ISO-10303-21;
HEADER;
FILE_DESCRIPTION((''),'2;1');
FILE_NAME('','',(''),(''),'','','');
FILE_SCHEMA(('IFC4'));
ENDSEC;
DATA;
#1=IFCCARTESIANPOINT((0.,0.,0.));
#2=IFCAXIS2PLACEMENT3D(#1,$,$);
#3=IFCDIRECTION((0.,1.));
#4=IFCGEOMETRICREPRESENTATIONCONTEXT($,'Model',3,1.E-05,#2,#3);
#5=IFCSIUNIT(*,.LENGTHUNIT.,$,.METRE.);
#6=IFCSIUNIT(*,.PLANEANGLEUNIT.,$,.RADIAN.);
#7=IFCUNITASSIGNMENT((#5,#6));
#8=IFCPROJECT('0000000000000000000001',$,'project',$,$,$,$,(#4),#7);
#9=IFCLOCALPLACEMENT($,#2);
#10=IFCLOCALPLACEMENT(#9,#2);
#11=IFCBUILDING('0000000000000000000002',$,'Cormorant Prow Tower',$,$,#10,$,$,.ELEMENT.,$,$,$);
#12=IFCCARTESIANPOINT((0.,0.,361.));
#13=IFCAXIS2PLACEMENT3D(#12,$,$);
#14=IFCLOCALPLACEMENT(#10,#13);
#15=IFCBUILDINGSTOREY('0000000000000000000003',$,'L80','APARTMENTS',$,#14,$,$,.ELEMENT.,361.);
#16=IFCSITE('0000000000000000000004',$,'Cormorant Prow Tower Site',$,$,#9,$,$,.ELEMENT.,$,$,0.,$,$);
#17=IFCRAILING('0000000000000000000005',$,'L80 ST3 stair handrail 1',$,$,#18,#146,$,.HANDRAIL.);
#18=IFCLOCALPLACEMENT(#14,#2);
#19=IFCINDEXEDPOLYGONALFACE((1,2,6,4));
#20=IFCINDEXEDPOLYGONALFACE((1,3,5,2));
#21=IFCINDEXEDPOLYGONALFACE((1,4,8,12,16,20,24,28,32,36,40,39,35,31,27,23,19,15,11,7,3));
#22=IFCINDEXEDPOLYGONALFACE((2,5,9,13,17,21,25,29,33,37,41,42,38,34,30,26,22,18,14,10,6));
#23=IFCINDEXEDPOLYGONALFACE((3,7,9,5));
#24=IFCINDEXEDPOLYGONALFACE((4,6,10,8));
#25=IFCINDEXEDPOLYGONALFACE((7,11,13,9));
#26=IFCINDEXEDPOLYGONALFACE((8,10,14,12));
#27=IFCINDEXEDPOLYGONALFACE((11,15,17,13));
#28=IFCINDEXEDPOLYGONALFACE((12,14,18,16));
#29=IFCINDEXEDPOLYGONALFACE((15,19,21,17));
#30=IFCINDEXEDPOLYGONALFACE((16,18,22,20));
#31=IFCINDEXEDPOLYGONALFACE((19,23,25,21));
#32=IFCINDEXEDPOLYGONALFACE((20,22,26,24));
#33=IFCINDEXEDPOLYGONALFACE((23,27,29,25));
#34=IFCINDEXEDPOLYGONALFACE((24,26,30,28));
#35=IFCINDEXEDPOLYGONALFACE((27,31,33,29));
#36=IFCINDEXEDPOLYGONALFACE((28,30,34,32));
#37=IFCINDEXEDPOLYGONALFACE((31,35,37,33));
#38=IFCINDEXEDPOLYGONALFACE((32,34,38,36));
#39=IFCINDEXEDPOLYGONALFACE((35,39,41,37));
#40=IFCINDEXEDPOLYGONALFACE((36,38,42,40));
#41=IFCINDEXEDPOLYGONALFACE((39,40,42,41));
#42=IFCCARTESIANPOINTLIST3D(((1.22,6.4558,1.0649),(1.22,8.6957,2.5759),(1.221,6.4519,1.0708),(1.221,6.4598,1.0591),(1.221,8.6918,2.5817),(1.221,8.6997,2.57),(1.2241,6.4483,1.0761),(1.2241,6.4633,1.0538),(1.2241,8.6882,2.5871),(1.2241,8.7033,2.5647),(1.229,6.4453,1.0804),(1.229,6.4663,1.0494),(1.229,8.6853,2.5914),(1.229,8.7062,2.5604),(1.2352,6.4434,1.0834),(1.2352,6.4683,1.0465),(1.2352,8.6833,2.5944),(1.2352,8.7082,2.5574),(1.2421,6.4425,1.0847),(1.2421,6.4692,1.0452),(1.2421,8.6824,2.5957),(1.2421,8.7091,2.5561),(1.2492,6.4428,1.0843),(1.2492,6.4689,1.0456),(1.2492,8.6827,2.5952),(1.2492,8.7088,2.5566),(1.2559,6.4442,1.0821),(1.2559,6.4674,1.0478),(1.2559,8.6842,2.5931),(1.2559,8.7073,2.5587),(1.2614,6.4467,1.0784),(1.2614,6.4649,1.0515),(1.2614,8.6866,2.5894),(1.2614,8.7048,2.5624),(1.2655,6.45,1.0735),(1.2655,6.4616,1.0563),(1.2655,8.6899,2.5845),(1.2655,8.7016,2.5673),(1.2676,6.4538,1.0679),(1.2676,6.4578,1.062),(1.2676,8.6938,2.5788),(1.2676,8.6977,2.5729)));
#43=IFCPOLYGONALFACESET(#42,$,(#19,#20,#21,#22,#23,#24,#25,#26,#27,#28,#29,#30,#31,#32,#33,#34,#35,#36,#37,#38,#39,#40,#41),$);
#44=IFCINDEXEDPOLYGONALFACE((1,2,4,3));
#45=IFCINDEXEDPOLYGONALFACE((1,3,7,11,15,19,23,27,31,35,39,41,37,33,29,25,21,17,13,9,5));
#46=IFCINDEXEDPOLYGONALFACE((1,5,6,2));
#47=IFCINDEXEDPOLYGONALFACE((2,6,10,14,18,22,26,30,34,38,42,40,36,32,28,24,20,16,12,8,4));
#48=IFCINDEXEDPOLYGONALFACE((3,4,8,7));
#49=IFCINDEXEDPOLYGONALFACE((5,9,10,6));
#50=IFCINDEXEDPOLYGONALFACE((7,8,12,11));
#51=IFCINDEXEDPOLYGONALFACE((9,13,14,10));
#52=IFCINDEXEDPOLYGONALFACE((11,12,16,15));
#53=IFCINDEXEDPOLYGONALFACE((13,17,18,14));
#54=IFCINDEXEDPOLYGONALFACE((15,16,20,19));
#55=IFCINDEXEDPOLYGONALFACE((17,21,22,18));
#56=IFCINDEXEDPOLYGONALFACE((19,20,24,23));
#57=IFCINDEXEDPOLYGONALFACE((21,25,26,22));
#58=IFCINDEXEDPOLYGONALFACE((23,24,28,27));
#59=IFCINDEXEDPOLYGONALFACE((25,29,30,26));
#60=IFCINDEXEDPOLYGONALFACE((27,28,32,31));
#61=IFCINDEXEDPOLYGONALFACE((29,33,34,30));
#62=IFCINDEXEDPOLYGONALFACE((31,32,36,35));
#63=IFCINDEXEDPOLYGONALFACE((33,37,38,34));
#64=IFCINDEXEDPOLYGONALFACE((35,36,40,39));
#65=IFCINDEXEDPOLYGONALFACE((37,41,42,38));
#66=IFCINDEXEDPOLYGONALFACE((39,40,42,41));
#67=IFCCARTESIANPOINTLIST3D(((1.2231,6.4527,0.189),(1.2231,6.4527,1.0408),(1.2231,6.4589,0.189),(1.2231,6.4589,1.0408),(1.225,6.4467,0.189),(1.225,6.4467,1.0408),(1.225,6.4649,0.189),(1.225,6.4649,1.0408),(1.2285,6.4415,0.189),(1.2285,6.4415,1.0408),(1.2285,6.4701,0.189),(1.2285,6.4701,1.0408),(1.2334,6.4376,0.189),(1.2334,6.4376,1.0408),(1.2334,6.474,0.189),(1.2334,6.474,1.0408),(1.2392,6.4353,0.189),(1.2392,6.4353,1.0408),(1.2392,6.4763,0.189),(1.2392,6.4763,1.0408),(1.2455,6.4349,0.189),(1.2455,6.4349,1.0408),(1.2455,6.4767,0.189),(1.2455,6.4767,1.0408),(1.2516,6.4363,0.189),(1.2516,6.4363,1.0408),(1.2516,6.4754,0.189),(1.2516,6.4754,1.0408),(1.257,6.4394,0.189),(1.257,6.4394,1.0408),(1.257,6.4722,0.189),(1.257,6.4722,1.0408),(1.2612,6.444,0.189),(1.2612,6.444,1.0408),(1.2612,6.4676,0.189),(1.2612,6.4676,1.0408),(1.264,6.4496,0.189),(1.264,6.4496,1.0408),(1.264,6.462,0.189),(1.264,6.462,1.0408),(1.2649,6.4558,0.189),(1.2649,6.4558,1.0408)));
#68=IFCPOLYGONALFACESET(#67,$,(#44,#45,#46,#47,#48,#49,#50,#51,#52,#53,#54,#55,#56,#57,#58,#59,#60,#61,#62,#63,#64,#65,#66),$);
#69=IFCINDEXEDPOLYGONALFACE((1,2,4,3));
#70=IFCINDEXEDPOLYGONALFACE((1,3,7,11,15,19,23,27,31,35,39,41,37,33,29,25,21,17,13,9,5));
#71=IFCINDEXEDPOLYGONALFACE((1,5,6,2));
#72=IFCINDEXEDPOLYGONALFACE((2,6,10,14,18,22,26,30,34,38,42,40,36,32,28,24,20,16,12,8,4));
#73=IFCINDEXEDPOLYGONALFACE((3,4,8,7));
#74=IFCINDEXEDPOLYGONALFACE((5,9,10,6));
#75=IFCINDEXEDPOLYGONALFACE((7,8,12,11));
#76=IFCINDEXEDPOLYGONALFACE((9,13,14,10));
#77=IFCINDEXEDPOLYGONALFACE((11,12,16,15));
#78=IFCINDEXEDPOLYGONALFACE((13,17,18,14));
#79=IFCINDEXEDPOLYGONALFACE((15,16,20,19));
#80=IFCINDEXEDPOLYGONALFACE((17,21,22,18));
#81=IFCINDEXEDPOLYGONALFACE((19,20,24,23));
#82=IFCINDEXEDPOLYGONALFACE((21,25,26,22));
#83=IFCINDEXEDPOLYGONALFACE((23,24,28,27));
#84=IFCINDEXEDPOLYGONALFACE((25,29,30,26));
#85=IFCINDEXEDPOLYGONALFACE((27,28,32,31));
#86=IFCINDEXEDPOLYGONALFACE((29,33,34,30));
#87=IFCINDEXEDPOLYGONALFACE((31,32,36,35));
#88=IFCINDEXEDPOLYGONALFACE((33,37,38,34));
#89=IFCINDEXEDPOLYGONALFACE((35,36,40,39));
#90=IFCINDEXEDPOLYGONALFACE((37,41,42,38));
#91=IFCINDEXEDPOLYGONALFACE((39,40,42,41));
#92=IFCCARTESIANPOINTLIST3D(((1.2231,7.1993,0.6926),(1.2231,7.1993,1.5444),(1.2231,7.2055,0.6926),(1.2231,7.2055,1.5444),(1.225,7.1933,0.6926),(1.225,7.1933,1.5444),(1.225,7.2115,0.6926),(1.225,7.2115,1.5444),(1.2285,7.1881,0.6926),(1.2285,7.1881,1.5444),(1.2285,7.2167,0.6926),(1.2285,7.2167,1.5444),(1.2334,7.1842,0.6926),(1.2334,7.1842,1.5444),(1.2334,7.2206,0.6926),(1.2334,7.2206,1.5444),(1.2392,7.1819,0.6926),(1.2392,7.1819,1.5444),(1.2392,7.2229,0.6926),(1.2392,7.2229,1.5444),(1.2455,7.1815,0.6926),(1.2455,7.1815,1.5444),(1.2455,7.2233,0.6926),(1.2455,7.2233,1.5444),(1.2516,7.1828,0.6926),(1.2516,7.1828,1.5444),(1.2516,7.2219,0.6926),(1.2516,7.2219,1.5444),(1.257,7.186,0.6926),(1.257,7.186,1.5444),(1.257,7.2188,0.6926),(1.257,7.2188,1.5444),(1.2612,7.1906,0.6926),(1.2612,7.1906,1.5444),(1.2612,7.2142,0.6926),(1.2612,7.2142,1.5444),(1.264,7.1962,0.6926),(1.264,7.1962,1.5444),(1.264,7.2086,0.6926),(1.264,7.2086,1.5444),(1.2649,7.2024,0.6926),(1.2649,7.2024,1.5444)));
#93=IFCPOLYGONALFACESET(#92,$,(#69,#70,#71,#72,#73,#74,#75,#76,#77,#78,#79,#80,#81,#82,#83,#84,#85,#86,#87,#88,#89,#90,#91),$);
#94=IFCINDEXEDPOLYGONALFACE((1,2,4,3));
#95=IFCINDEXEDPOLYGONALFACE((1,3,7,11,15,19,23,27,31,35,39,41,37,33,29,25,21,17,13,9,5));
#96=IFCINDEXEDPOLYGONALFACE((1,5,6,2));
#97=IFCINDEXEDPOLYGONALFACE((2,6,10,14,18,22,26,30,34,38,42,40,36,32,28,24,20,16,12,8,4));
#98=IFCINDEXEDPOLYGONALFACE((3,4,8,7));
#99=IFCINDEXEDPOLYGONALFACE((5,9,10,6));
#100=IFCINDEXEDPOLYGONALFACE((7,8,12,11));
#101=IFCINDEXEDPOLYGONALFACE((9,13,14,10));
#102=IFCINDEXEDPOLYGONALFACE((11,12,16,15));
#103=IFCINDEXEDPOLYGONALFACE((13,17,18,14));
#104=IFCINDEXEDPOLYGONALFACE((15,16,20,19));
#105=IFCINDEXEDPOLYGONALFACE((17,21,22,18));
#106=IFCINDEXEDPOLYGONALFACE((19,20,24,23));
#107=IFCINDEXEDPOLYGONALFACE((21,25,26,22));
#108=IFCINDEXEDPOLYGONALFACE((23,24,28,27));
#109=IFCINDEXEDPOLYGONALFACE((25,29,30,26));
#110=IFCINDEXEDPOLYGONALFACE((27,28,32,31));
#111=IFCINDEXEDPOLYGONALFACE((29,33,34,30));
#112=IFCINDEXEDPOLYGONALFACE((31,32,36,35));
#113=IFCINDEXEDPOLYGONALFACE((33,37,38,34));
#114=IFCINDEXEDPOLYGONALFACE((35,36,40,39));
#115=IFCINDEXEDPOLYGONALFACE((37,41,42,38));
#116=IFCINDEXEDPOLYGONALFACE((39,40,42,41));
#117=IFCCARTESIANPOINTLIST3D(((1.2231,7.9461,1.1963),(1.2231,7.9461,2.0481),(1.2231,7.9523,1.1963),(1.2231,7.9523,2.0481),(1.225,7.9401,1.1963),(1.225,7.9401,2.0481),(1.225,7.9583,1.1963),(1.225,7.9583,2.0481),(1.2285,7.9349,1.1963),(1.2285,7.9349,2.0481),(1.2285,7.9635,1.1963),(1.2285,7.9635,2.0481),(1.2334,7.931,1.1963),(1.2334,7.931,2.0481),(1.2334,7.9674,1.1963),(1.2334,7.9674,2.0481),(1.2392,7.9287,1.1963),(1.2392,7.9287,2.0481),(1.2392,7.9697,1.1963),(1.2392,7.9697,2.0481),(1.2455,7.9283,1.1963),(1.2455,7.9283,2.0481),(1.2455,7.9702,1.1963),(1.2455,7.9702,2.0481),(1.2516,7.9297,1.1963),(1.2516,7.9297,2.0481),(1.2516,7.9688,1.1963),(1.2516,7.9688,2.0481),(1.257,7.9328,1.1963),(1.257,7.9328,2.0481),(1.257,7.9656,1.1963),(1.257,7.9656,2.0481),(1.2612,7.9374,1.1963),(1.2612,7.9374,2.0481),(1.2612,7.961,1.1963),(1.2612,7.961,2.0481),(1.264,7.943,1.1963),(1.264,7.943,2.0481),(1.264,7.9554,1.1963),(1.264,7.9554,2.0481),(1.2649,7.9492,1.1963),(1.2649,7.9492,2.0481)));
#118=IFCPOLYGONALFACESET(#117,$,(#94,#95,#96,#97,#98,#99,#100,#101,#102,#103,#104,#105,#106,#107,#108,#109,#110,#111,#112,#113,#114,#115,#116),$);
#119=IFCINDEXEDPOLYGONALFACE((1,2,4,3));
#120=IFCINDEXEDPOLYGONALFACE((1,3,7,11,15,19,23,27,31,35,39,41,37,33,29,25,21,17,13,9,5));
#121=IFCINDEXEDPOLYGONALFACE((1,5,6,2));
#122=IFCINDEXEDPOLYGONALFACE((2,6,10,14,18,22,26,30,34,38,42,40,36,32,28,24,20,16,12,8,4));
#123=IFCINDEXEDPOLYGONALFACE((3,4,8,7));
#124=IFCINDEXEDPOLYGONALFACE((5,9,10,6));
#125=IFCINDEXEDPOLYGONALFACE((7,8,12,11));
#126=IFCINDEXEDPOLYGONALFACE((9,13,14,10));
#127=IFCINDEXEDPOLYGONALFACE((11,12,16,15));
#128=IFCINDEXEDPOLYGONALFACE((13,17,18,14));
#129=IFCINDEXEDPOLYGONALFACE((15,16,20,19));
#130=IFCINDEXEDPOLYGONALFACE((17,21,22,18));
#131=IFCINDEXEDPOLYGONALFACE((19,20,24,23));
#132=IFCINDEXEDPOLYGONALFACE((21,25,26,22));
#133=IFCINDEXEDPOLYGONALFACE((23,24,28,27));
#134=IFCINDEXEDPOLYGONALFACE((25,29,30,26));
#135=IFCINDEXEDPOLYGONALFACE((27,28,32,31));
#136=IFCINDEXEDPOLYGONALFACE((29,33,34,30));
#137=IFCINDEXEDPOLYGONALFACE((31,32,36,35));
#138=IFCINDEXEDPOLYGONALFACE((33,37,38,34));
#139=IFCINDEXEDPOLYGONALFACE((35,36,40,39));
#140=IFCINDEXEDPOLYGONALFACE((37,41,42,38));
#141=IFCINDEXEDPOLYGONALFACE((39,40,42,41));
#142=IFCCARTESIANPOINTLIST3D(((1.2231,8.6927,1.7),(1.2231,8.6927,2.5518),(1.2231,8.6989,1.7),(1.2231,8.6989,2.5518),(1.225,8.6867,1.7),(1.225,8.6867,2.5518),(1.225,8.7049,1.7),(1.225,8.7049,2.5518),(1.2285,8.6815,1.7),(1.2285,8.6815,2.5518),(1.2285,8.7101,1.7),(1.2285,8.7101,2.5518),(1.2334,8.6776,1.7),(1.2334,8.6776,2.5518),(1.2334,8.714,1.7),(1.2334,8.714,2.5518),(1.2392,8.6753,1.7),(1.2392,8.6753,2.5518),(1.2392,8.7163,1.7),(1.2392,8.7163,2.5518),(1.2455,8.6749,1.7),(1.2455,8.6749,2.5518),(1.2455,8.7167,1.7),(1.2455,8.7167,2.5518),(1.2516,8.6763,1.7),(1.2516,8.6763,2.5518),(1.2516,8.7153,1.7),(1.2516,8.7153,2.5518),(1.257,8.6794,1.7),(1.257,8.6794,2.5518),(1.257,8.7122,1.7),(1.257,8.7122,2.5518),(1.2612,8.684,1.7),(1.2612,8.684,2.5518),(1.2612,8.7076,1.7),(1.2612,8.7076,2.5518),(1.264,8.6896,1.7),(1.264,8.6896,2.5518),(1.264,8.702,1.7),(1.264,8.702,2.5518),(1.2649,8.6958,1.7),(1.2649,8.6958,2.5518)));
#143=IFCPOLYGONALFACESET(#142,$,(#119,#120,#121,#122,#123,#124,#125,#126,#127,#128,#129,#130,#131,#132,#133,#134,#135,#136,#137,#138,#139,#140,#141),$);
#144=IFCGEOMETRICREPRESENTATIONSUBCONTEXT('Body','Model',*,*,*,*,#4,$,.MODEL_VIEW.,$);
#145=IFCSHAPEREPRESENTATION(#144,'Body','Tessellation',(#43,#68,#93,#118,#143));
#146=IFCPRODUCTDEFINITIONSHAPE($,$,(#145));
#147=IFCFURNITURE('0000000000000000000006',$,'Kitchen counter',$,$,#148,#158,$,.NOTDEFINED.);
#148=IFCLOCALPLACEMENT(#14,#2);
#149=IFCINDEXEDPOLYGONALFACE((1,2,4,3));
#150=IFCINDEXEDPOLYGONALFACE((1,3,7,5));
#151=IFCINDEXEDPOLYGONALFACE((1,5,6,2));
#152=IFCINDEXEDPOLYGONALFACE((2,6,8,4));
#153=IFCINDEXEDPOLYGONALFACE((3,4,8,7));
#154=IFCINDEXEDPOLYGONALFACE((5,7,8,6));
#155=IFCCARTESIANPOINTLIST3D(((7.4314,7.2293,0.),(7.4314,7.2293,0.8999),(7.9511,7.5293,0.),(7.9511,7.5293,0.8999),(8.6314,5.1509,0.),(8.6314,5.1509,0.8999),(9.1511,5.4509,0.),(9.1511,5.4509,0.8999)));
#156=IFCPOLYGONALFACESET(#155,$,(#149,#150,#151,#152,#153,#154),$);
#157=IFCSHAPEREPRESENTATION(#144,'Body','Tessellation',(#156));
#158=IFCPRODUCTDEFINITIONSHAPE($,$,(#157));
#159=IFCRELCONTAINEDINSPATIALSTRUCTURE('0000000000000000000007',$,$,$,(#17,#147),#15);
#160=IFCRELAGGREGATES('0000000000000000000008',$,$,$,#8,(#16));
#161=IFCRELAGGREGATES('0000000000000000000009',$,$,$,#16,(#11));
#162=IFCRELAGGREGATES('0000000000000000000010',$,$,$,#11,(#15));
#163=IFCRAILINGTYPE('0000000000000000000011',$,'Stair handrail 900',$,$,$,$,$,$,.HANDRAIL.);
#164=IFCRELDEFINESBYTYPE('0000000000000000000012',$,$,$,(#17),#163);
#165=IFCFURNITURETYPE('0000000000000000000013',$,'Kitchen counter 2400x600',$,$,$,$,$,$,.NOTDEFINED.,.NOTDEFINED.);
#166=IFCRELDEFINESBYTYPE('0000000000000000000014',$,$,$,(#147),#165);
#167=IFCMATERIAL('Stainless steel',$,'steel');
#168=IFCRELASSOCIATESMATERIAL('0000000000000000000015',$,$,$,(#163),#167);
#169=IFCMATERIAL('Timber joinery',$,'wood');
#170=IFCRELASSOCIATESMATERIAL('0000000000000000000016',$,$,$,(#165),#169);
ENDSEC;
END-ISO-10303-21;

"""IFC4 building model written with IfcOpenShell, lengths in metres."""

from ifc_helpers import new_model, si_unit, direction, frame, origin, origin_2d, place, context, subcontext, project, spatial, rectangle, circle, extrude, material, type_object, element, save


model = new_model("IFC4")

# Units and contexts
model_context = context("Model", 3, precision=1e-05, world=origin(), true_north=direction((0.0, 1.0)))
body_context = subcontext(model_context, "Body", "Model", "MODEL_VIEW")
ifc_project = project(units=[si_unit("LENGTHUNIT", "METRE"), si_unit("PLANEANGLEUNIT", "RADIAN")], contexts=[model_context])

# Site, building, storey
site_placement = place(None, origin())
site = spatial("IfcSite", under=ifc_project, at=site_placement, Name="Cormorant Prow Tower Site", CompositionType="ELEMENT", RefElevation=0.0)
building_placement = place(site_placement, origin())
building = spatial("IfcBuilding", under=site, at=building_placement, Name="Cormorant Prow Tower", CompositionType="ELEMENT")
storey_placement = place(building_placement, frame((0.0, 0.0, 361.0)))
storey = spatial("IfcBuildingStorey", under=building, at=storey_placement, Name="L80", Description="APARTMENTS", CompositionType="ELEMENT", Elevation=361.0)

# Railing
ifc_material_1 = material(Name="Stainless steel", Category="steel")
railing_type_1 = type_object("IfcRailingType", Name="Stair handrail 900", PredefinedType="HANDRAIL", material=ifc_material_1)
railing_1_placement = place(storey_placement, frame((1.2439, 6.4558, 0.189)))
element("IfcRailing", 1, at=railing_1_placement, inside=storey, type_object=railing_type_1, Name="L80 ST3 stair handrail 1", PredefinedType="HANDRAIL", context=body_context, shape_type="SweptSolid", body=[
    extrude(circle(Radius=0.0239, at=origin_2d()), frame((0.0, 0.0, 0.876), z_axis=(0.0, 0.829021, 0.559217), x_axis=(-1.0, 0.0, 0.0)), (0.0, 0.0, 1.0), 2.7019),
    extrude(circle(Radius=0.021, at=origin_2d()), origin(), (0.0, 0.0, 1.0), 0.8518),
    extrude(circle(Radius=0.021, at=origin_2d()), frame((0.0, 0.7466, 0.5037)), (0.0, 0.0, 1.0), 0.8518),
    extrude(circle(Radius=0.021, at=origin_2d()), frame((0.0, 1.4934, 1.0073)), (0.0, 0.0, 1.0), 0.8518),
    extrude(circle(Radius=0.021, at=origin_2d()), frame((0.0, 2.24, 1.511)), (0.0, 0.0, 1.0), 0.8518),
])

# Furniture
ifc_material_2 = material(Name="Timber joinery", Category="wood")
furniture_type = type_object("IfcFurnitureType", Name="Kitchen counter 2400x600", AssemblyPlace="NOTDEFINED", PredefinedType="NOTDEFINED", material=ifc_material_2)
furniture_placement = place(storey_placement, frame((8.2913, 6.3401, 0.0), z_axis=(0.0, 0.0, 1.0), x_axis=(-0.5, 0.866025, 0.0)))
element("IfcFurniture", 2, at=furniture_placement, inside=storey, type_object=furniture_type, Name="Kitchen counter", PredefinedType="NOTDEFINED", context=body_context, shape_type="SweptSolid", body=[
    extrude(rectangle(XDim=2.3999, YDim=0.6001, at=origin_2d()), origin(), (0.0, 0.0, 1.0), 0.8999),
])

save(model, "model.ifc")
